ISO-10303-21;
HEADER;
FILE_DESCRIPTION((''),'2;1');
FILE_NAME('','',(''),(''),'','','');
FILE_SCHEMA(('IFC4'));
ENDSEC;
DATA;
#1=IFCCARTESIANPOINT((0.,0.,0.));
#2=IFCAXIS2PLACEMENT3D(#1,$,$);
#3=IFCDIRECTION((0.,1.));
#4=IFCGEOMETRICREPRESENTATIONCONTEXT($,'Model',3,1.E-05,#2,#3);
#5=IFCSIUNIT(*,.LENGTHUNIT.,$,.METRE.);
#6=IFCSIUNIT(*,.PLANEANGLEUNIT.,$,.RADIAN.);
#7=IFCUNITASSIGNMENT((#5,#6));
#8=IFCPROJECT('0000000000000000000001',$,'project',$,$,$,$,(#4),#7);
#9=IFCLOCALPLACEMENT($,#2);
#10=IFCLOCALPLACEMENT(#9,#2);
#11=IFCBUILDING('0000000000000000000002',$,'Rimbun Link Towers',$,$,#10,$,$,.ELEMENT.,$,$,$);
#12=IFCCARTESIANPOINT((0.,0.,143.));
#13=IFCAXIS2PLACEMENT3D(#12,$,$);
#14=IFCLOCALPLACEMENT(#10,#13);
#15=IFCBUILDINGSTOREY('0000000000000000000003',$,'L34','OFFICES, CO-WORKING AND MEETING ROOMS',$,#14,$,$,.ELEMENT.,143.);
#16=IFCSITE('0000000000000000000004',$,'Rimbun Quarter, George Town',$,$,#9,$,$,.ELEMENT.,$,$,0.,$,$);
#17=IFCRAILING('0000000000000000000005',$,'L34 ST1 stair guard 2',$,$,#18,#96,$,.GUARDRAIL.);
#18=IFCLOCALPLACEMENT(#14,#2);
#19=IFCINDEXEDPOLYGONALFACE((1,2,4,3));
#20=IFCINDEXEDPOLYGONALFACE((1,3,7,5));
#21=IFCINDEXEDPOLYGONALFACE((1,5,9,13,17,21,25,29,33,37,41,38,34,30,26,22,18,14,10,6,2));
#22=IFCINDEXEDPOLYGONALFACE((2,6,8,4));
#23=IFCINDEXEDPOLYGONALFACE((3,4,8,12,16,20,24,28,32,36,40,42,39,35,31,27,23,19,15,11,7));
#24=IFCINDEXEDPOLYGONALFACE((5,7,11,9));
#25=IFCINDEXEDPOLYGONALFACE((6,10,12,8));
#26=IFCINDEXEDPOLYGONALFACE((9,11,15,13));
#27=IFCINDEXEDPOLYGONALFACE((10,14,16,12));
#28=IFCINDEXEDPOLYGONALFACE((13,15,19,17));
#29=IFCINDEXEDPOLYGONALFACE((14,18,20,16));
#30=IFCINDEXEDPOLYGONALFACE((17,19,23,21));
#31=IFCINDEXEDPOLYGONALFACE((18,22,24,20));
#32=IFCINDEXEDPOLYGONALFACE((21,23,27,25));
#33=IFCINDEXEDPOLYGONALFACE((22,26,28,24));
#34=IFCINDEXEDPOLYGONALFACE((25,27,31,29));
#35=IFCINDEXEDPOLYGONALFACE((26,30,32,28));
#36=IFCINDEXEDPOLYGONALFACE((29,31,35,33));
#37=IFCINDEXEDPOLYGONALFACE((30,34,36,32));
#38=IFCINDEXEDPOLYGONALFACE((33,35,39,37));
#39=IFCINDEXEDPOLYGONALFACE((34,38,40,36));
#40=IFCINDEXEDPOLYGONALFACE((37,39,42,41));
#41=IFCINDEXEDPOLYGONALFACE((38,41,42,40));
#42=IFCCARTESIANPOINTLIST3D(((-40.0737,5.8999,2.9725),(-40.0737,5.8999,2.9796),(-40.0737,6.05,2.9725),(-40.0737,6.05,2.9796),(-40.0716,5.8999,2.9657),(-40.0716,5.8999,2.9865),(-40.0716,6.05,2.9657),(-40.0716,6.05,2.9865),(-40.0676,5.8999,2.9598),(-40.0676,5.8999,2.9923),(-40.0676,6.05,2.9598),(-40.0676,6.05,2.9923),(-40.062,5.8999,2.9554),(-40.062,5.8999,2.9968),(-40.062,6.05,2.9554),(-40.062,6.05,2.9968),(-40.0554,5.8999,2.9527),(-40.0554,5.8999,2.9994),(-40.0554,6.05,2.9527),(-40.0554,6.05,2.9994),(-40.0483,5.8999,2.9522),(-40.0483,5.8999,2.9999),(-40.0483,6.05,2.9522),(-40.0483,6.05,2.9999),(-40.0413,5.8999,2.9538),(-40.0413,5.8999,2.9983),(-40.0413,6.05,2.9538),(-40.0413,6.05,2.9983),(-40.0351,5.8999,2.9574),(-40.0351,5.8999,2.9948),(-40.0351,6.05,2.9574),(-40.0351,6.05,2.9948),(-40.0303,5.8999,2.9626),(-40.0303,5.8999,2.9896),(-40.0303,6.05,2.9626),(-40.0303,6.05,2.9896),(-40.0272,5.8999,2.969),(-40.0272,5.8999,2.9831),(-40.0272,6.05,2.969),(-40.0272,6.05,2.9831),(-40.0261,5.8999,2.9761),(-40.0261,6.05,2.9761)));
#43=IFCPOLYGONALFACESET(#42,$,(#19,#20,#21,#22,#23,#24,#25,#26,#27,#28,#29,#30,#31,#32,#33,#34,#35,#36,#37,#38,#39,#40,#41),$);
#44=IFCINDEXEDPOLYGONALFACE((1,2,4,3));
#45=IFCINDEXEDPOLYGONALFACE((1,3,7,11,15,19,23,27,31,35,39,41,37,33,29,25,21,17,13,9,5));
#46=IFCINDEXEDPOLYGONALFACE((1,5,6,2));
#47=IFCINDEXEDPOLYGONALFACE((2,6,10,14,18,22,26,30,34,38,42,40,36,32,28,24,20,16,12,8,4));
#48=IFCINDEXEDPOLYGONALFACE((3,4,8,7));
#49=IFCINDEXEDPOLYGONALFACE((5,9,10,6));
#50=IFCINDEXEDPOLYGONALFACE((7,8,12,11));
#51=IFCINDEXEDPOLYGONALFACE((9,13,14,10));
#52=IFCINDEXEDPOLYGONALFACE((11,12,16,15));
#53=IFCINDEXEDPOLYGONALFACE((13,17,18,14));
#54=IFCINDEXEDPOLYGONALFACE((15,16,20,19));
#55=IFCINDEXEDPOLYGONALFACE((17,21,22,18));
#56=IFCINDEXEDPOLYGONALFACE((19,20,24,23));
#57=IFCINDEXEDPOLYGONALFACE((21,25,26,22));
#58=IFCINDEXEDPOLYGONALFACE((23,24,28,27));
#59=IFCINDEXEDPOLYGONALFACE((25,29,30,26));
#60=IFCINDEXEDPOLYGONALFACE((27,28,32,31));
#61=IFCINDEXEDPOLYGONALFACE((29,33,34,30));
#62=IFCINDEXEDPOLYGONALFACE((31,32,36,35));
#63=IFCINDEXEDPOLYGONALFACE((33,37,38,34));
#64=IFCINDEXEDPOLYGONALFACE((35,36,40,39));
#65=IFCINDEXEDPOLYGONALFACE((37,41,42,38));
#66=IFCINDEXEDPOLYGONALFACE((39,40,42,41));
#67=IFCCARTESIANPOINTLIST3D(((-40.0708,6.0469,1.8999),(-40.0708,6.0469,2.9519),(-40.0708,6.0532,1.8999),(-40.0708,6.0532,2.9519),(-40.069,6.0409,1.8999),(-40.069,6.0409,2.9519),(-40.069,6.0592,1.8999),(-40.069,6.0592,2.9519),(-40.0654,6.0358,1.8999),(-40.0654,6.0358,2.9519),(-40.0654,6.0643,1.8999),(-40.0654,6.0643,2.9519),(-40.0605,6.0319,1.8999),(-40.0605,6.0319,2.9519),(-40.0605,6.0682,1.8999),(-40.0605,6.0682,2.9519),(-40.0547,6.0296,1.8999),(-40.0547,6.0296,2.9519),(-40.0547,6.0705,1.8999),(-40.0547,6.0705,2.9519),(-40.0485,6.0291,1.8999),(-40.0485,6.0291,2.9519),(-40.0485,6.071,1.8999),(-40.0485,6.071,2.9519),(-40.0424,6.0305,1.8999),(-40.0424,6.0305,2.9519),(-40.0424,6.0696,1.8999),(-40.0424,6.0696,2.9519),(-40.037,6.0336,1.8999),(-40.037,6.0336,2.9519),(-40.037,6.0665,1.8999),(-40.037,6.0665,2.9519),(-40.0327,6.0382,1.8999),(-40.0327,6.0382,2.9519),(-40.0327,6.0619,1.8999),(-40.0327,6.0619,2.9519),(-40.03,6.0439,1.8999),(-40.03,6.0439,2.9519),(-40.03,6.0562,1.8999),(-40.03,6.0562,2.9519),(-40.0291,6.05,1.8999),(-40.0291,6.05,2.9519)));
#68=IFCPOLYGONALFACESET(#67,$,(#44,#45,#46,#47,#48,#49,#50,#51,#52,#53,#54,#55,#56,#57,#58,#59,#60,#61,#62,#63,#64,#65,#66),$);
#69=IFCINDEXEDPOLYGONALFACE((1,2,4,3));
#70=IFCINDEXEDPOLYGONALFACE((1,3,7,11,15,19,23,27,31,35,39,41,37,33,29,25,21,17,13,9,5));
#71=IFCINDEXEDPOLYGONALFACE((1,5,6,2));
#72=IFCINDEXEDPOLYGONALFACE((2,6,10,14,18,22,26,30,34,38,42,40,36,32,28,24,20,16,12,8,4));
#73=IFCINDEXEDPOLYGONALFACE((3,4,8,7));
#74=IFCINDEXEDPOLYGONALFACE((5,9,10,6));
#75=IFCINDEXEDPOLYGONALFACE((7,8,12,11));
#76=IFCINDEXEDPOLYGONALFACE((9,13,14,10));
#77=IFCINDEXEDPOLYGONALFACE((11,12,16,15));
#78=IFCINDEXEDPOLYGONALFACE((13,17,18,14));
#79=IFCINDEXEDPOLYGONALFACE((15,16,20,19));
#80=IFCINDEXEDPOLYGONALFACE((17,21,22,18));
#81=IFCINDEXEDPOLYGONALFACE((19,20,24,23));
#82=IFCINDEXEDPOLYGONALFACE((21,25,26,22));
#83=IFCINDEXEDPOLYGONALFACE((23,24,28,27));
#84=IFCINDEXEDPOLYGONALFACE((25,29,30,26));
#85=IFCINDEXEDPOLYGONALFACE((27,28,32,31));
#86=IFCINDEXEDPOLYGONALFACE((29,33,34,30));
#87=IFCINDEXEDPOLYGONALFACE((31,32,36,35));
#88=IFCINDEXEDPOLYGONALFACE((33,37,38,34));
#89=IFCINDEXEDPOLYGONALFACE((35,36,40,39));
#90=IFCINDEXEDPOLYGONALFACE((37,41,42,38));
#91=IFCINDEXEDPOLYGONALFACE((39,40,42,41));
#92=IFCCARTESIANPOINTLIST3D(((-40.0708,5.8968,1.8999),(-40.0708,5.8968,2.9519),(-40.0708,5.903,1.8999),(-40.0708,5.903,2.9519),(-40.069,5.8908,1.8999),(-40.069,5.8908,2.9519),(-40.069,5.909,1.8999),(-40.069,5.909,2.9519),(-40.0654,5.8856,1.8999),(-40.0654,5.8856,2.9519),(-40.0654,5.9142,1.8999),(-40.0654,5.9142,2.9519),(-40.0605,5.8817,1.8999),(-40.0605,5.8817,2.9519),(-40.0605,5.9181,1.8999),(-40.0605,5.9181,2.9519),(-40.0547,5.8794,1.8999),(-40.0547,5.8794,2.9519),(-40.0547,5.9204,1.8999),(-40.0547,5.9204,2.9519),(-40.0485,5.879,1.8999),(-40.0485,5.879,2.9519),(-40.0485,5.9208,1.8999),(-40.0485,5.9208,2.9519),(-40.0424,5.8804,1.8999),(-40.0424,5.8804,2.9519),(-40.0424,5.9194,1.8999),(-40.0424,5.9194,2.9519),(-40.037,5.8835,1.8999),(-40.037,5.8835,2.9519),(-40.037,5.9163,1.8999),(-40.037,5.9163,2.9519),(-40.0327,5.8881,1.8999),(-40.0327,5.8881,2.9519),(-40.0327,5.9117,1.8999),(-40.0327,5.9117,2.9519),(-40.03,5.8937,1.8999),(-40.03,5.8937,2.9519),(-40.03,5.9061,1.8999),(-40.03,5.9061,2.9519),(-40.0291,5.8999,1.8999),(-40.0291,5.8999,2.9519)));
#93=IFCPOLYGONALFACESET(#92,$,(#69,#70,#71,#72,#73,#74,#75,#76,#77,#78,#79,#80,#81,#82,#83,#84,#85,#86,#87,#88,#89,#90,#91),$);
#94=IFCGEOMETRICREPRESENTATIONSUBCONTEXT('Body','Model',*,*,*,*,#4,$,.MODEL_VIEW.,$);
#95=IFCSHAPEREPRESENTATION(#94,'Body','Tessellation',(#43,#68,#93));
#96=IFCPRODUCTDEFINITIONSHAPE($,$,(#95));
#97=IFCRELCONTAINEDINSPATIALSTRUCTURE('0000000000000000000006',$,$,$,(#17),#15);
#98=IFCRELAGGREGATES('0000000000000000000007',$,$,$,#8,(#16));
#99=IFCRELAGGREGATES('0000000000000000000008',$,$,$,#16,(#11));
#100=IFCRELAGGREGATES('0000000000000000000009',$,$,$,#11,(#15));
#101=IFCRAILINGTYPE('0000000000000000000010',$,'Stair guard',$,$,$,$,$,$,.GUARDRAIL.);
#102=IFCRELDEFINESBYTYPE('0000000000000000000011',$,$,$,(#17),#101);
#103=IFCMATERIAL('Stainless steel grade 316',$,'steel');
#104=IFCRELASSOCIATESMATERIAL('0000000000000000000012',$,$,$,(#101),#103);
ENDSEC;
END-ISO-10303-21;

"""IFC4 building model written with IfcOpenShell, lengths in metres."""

from ifc_helpers import new_model, si_unit, direction, frame, origin, origin_2d, place, context, subcontext, project, spatial, circle, extrude, material, type_object, element, save


model = new_model("IFC4")

# Units and contexts
model_context = context("Model", 3, precision=1e-05, world=origin(), true_north=direction((0.0, 1.0)))
body_context = subcontext(model_context, "Body", "Model", "MODEL_VIEW")
ifc_project = project(units=[si_unit("LENGTHUNIT", "METRE"), si_unit("PLANEANGLEUNIT", "RADIAN")], contexts=[model_context])

# Site, building, storey
site_placement = place(None, origin())
site = spatial("IfcSite", under=ifc_project, at=site_placement, Name="Rimbun Quarter, George Town", CompositionType="ELEMENT", RefElevation=0.0)
building_placement = place(site_placement, origin())
building = spatial("IfcBuilding", under=site, at=building_placement, Name="Rimbun Link Towers", CompositionType="ELEMENT")
storey_placement = place(building_placement, frame((0.0, 0.0, 143.0)))
storey = spatial("IfcBuildingStorey", under=building, at=storey_placement, Name="L34", Description="OFFICES, CO-WORKING AND MEETING ROOMS", CompositionType="ELEMENT", Elevation=143.0)

# Railing
ifc_material_1 = material(Name="Stainless steel grade 316", Category="steel")
railing_type_1 = type_object("IfcRailingType", Name="Stair guard", PredefinedType="GUARDRAIL", material=ifc_material_1)
railing_1_placement = place(storey_placement, frame((-40.05, 6.05, 1.8999)))
element("IfcRailing", 1, at=railing_1_placement, inside=storey, type_object=railing_type_1, Name="L34 ST1 stair guard 2", PredefinedType="GUARDRAIL", context=body_context, shape_type="SweptSolid", body=[
    extrude(circle(Radius=0.0239, at=origin_2d()), frame((0.0, 0.0, 1.0762), z_axis=(0.0, -1.0, 0.0), x_axis=(1.0, 0.0, 0.0)), (0.0, 0.0, 1.0), 0.1501),
    extrude(circle(Radius=0.021, at=origin_2d()), origin(), (0.0, 0.0, 1.0), 1.052),
    extrude(circle(Radius=0.021, at=origin_2d()), frame((0.0, -0.1501, 0.0)), (0.0, 0.0, 1.0), 1.052),
])

save(model, "model.ifc")
